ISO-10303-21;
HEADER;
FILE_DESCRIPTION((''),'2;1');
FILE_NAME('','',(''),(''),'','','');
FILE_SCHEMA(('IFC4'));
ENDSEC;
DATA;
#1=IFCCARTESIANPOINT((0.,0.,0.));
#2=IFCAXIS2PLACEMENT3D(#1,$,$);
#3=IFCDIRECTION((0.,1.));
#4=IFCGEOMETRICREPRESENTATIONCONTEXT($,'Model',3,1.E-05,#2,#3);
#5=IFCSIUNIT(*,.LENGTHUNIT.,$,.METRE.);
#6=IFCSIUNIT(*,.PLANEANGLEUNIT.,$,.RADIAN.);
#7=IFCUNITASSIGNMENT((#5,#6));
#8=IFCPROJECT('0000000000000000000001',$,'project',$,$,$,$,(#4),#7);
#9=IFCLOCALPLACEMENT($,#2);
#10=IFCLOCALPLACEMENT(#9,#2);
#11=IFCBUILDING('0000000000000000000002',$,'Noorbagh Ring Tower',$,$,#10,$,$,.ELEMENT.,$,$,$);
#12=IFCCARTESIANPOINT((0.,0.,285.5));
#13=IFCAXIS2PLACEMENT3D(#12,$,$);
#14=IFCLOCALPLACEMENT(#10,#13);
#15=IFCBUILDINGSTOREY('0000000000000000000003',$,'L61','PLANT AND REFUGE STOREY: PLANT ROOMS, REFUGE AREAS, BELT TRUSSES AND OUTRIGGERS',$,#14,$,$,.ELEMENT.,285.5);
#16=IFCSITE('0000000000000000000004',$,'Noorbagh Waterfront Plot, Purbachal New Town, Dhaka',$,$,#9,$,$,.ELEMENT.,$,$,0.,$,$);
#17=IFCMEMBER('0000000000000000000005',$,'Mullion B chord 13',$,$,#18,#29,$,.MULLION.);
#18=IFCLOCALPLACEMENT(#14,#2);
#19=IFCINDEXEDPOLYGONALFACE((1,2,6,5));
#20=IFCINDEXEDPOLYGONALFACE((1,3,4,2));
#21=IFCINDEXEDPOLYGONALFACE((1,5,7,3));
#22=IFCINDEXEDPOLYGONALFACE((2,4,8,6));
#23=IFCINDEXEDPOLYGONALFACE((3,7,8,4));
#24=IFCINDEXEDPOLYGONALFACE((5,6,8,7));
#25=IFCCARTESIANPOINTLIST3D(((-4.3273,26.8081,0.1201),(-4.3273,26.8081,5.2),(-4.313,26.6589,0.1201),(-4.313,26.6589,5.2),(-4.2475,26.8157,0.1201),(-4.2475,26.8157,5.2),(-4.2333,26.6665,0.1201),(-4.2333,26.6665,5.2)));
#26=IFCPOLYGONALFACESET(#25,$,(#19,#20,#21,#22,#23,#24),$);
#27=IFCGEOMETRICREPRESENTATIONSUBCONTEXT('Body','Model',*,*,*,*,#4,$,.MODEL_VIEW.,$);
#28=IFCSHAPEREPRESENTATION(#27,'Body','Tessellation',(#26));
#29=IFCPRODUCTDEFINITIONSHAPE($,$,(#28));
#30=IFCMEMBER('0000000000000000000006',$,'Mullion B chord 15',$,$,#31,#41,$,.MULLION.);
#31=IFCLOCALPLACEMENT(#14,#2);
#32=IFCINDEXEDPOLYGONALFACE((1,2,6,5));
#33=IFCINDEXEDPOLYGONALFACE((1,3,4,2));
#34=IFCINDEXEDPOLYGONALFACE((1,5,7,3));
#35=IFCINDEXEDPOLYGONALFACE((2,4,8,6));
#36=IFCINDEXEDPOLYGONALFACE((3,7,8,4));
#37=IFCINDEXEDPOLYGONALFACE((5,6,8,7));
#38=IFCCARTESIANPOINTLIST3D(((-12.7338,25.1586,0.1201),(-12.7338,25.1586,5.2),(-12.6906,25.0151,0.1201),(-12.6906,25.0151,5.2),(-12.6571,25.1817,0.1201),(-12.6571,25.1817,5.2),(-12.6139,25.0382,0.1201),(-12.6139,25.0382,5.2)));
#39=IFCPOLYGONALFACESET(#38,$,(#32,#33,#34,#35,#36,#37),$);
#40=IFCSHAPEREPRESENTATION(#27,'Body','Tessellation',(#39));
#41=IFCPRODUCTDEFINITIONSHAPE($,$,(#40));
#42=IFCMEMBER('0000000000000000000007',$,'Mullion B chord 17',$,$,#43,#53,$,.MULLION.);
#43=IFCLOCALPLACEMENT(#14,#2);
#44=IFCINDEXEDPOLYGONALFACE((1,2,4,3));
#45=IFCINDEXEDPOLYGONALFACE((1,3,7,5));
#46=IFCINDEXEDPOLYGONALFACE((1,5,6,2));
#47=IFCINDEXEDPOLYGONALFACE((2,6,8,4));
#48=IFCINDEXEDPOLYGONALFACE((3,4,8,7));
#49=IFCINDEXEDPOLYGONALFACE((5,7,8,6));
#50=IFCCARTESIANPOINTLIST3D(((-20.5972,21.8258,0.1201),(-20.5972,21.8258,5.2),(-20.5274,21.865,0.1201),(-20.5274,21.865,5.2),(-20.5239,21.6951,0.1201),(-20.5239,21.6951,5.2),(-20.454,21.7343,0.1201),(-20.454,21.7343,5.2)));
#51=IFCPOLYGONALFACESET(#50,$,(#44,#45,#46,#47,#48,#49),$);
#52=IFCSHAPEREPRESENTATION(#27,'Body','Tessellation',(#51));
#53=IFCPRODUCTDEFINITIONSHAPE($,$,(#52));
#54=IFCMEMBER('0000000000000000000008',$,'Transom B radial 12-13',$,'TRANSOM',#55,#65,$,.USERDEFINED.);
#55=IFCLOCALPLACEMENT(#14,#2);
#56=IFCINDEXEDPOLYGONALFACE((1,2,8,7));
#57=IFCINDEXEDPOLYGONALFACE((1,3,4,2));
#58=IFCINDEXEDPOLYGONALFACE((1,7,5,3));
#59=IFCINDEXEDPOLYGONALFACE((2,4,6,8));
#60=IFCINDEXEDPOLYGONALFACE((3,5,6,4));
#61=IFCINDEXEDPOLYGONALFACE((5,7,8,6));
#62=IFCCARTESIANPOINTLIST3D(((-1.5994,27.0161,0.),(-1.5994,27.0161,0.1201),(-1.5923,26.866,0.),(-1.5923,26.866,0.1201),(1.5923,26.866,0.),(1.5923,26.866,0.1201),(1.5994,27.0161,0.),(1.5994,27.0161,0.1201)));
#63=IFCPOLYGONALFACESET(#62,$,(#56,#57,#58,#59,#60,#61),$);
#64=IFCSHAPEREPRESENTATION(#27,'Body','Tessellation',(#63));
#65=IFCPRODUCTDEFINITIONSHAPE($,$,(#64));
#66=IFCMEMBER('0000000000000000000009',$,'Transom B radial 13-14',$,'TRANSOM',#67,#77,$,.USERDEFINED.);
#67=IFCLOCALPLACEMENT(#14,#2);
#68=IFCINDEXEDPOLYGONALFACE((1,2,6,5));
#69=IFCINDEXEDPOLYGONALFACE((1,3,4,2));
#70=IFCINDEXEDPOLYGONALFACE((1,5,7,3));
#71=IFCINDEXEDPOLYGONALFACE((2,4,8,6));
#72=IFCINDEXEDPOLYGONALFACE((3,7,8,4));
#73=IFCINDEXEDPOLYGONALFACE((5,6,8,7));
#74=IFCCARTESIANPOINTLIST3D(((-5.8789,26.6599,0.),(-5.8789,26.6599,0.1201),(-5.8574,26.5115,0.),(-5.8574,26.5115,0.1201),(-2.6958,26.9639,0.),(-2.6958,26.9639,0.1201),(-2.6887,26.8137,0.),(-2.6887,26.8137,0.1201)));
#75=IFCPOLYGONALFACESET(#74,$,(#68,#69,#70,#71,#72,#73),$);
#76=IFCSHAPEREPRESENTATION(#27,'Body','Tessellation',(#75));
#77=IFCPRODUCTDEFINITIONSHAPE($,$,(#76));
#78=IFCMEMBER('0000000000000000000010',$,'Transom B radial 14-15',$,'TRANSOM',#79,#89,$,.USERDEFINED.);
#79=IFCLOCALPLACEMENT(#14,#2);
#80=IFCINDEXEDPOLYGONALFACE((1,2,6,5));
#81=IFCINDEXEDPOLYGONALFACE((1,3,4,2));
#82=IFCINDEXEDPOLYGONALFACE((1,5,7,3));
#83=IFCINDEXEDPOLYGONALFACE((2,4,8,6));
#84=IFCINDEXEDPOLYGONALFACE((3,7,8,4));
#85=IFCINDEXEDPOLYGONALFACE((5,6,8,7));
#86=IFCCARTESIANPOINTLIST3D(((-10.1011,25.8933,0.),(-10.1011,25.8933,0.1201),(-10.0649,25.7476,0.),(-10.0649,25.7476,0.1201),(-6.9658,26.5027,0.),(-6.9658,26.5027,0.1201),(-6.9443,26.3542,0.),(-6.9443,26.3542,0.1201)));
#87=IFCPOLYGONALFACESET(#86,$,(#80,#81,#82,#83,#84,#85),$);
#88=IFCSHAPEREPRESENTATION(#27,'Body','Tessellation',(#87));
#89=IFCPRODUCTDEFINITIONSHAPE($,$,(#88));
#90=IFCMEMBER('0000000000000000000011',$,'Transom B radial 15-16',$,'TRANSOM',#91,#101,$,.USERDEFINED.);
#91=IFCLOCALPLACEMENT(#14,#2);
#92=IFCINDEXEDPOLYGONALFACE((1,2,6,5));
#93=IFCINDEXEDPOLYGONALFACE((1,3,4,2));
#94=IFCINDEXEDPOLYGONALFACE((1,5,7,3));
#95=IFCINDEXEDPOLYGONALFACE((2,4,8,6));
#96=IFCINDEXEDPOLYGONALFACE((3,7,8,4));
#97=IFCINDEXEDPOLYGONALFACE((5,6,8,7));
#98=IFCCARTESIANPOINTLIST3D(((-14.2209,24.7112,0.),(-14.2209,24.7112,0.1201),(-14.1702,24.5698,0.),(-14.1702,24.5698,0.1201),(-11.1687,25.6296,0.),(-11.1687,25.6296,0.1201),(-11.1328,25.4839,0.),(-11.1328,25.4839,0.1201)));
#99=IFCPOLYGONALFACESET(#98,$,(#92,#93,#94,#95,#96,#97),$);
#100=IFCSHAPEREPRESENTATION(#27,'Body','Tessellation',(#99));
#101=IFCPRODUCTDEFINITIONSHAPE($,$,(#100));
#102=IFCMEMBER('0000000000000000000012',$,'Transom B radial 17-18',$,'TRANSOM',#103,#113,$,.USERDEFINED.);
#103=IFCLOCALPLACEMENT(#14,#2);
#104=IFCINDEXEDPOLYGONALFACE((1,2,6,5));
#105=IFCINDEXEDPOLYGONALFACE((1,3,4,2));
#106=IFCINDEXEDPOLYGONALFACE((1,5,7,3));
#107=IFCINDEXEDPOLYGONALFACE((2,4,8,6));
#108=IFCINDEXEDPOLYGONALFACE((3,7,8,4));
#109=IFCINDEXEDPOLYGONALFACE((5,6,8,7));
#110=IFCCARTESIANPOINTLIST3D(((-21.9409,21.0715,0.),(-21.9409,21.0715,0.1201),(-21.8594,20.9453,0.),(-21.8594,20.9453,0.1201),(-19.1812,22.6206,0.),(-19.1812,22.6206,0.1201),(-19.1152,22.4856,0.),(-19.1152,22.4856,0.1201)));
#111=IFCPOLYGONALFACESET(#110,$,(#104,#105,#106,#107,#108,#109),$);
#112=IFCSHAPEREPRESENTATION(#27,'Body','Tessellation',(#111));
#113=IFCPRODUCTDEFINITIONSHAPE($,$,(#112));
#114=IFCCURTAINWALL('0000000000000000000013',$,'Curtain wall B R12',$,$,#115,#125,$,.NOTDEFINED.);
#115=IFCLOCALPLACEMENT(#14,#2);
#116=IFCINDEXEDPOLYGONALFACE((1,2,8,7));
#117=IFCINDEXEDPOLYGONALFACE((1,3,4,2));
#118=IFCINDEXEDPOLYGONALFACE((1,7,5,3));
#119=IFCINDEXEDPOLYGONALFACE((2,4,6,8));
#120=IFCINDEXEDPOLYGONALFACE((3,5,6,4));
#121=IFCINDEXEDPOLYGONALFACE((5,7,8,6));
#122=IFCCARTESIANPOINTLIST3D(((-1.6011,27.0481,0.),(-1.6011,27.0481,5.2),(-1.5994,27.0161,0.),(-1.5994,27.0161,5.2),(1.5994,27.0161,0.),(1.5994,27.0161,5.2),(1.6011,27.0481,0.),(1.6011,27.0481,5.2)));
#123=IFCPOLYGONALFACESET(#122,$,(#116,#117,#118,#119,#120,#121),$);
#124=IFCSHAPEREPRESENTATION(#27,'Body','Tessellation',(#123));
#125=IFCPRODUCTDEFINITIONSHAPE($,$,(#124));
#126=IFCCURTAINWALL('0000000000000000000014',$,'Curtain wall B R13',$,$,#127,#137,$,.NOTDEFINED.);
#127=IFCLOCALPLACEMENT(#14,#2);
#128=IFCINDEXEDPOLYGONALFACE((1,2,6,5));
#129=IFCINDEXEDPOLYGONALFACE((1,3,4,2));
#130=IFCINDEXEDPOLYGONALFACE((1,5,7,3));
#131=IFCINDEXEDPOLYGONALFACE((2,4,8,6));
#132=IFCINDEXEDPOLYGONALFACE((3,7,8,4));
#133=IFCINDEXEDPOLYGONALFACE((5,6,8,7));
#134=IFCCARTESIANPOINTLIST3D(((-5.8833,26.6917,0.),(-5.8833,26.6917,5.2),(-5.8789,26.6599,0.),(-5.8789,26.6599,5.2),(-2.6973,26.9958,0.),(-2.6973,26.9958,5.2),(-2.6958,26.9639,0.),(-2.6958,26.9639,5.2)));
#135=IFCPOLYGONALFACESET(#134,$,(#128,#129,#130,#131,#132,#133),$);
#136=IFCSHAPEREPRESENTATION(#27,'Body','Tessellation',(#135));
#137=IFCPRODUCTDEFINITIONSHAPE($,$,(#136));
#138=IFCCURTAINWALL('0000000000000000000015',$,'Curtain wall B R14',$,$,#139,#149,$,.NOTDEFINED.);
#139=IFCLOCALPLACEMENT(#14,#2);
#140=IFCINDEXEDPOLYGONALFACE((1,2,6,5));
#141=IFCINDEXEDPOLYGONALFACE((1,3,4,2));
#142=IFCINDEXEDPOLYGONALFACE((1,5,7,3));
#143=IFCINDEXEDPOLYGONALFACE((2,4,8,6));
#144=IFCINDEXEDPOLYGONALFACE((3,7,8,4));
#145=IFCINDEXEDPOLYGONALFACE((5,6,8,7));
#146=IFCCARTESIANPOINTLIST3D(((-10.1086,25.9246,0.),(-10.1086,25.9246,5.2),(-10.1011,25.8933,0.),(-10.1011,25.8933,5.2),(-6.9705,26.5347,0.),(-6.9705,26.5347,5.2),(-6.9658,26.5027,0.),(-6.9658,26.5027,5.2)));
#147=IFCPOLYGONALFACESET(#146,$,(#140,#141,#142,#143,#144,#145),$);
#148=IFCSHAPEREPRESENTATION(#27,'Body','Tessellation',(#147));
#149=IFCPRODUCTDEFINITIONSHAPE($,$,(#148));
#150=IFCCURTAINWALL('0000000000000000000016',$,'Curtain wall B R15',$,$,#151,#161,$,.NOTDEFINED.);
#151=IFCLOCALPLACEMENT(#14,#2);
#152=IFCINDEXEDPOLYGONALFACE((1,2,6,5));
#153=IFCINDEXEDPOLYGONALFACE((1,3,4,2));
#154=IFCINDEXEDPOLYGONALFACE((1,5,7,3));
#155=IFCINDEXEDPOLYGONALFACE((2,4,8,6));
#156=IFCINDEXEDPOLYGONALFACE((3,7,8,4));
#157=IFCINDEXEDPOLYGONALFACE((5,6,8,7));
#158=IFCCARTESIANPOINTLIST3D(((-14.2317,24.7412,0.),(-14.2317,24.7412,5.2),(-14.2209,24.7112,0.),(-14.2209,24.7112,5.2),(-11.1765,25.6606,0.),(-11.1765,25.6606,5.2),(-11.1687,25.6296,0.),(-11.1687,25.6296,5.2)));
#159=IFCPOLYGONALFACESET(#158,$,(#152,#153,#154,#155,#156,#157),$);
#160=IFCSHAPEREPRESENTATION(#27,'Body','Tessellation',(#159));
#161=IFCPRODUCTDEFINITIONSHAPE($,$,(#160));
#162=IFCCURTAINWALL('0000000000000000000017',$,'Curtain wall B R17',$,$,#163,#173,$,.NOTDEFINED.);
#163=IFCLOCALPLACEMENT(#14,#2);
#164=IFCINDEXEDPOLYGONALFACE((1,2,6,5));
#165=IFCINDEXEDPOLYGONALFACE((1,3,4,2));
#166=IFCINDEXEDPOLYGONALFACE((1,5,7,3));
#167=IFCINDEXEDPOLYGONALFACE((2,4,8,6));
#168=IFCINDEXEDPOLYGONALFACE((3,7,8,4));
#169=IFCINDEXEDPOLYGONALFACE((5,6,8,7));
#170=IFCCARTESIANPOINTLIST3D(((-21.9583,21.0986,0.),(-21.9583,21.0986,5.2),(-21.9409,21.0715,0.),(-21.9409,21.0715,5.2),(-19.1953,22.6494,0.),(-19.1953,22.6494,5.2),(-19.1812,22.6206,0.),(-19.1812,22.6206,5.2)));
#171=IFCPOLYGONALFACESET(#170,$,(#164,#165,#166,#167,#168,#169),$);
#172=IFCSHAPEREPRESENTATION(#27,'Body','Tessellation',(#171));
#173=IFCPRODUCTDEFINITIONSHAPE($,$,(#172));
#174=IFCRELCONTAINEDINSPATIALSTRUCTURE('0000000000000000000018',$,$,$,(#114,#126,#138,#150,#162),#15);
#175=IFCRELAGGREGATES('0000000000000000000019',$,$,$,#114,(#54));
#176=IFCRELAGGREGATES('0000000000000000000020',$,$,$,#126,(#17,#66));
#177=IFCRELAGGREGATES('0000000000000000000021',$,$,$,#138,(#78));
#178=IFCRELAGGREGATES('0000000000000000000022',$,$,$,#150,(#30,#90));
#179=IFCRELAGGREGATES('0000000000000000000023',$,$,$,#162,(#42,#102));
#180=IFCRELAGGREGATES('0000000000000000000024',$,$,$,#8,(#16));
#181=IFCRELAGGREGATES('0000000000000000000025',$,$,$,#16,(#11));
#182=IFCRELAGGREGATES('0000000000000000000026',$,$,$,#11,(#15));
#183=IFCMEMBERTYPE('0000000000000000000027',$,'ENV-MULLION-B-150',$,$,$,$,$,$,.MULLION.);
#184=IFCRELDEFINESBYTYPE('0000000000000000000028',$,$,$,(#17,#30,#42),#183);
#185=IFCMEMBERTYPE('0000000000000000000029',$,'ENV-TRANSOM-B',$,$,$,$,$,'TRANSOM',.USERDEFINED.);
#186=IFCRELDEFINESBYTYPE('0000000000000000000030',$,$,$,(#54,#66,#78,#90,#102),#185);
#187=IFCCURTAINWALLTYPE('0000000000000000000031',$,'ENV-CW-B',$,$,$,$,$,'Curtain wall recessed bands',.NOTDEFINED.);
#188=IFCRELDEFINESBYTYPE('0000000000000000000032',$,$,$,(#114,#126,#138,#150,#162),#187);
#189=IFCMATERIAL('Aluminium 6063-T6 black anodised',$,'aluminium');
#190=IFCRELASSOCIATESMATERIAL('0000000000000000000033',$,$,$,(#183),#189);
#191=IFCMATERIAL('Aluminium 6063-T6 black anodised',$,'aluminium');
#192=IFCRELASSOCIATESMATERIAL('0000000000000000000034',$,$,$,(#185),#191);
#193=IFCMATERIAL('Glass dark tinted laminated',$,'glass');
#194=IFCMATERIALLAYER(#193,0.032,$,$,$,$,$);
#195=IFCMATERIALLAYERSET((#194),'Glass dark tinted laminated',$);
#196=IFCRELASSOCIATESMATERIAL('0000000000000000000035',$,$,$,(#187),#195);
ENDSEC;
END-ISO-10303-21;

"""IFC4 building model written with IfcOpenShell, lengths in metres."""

from ifc_helpers import new_model, si_unit, direction, frame, origin, origin_2d, place, context, subcontext, project, spatial, polyline, rectangle, outline, extrude, material, layer, layer_set, material_profile, profile_set, type_object, element, aggregate, save


model = new_model("IFC4")

# Units and contexts
model_context = context("Model", 3, precision=1e-05, world=origin(), true_north=direction((0.0, 1.0)))
body_context = subcontext(model_context, "Body", "Model", "MODEL_VIEW")
ifc_project = project(units=[si_unit("LENGTHUNIT", "METRE"), si_unit("PLANEANGLEUNIT", "RADIAN")], contexts=[model_context])

# Members
ifc_material_1 = material(Name="Aluminium 6063-T6 black anodised", Category="aluminium")
ifc_material_profile = material_profile(ifc_material_1, rectangle(XDim=0.1499, YDim=0.0801, at=origin_2d()), Name="150x80")
ifc_profile_set = profile_set([ifc_material_profile], Name="Aluminium 6063-T6 black anodised")
member_type_1 = type_object("IfcMemberType", Name="ENV-MULLION-B-150", PredefinedType="MULLION", material=ifc_profile_set)
site_placement = place(None, origin())
building_placement = place(site_placement, origin())
storey_placement = place(building_placement, frame((0.0, 0.0, 285.5)))
member_1_placement = place(storey_placement, frame((-4.2803, 26.7373, 0.1201), z_axis=(0.0, 0.0, 1.0), x_axis=(0.095008, -0.995476, 0.0)))
member_1 = element("IfcMember", 1, at=member_1_placement, type_object=member_type_1, Name="Mullion B chord 13", PredefinedType="MULLION", context=body_context, shape_type="SweptSolid", body=[
    extrude(rectangle(XDim=0.1499, YDim=0.0801, at=origin_2d()), origin(), (0.0, 0.0, 1.0), 5.0798),
])
member_2_placement = place(storey_placement, frame((-12.6738, 25.0984, 0.1201), z_axis=(0.0, 0.0, 1.0), x_axis=(0.288174, -0.957578, 0.0)))
member_2 = element("IfcMember", 2, at=member_2_placement, type_object=member_type_1, Name="Mullion B chord 15", PredefinedType="MULLION", context=body_context, shape_type="SweptSolid", body=[
    extrude(rectangle(XDim=0.1499, YDim=0.0801, at=origin_2d()), origin(), (0.0, 0.0, 1.0), 5.0798),
])
member_3_placement = place(storey_placement, frame((-20.5256, 21.78, 0.1201), z_axis=(0.0, 0.0, 1.0), x_axis=(0.489426, -0.872045, 0.0)))
member_3 = element("IfcMember", 3, at=member_3_placement, type_object=member_type_1, Name="Mullion B chord 17", PredefinedType="MULLION", context=body_context, shape_type="SweptSolid", body=[
    extrude(rectangle(XDim=0.1499, YDim=0.0801, at=origin_2d()), origin(), (0.0, 0.0, 1.0), 5.0798),
])
ifc_material_2 = material(Name="Aluminium 6063-T6 black anodised", Category="aluminium")
member_type_2 = type_object("IfcMemberType", Name="ENV-TRANSOM-B", ElementType="TRANSOM", PredefinedType="USERDEFINED", material=ifc_material_2)
member_4_placement = place(storey_placement, origin())
member_4 = element("IfcMember", 4, at=member_4_placement, type_object=member_type_2, Name="Transom B radial 12-13", ObjectType="TRANSOM", PredefinedType="USERDEFINED", context=body_context, shape_type="SweptSolid", body=[
    extrude(outline(polyline([(1.5994, 27.0161), (-1.5994, 27.0161), (-1.5923, 26.866), (1.5923, 26.866), (1.5994, 27.0161)])), origin(), (0.0, 0.0, 1.0), 0.1201),
])
member_5_placement = place(storey_placement, origin())
member_5 = element("IfcMember", 5, at=member_5_placement, type_object=member_type_2, Name="Transom B radial 13-14", ObjectType="TRANSOM", PredefinedType="USERDEFINED", context=body_context, shape_type="SweptSolid", body=[
    extrude(outline(polyline([(-2.6958, 26.9639), (-5.8789, 26.6599), (-5.8574, 26.5115), (-2.6887, 26.8137), (-2.6958, 26.9639)])), origin(), (0.0, 0.0, 1.0), 0.1201),
])
member_6_placement = place(storey_placement, origin())
member_6 = element("IfcMember", 6, at=member_6_placement, type_object=member_type_2, Name="Transom B radial 14-15", ObjectType="TRANSOM", PredefinedType="USERDEFINED", context=body_context, shape_type="SweptSolid", body=[
    extrude(outline(polyline([(-6.9658, 26.5027), (-10.1011, 25.8933), (-10.0649, 25.7476), (-6.9443, 26.3542), (-6.9658, 26.5027)])), origin(), (0.0, 0.0, 1.0), 0.1201),
])
member_7_placement = place(storey_placement, origin())
member_7 = element("IfcMember", 7, at=member_7_placement, type_object=member_type_2, Name="Transom B radial 15-16", ObjectType="TRANSOM", PredefinedType="USERDEFINED", context=body_context, shape_type="SweptSolid", body=[
    extrude(outline(polyline([(-11.1687, 25.6296), (-14.2209, 24.7112), (-14.1702, 24.5698), (-11.1328, 25.4839), (-11.1687, 25.6296)])), origin(), (0.0, 0.0, 1.0), 0.1201),
])
member_8_placement = place(storey_placement, origin())
member_8 = element("IfcMember", 8, at=member_8_placement, type_object=member_type_2, Name="Transom B radial 17-18", ObjectType="TRANSOM", PredefinedType="USERDEFINED", context=body_context, shape_type="SweptSolid", body=[
    extrude(outline(polyline([(-19.1812, 22.6206), (-21.9409, 21.0715), (-21.8594, 20.9453), (-19.1152, 22.4856), (-19.1812, 22.6206)])), origin(), (0.0, 0.0, 1.0), 0.1201),
])

# Site, building, storey
site = spatial("IfcSite", under=ifc_project, at=site_placement, Name="Noorbagh Waterfront Plot, Purbachal New Town, Dhaka", CompositionType="ELEMENT", RefElevation=0.0)
building = spatial("IfcBuilding", under=site, at=building_placement, Name="Noorbagh Ring Tower", CompositionType="ELEMENT")
storey = spatial("IfcBuildingStorey", under=building, at=storey_placement, Name="L61", Description="PLANT AND REFUGE STOREY: PLANT ROOMS, REFUGE AREAS, BELT TRUSSES AND OUTRIGGERS", CompositionType="ELEMENT", Elevation=285.5)

# Curtain walls
ifc_material_3 = material(Name="Glass dark tinted laminated", Category="glass")
ifc_layer_1 = layer(ifc_material_3, 0.032)
ifc_layer_set_1 = layer_set([ifc_layer_1], Name="Glass dark tinted laminated")
curtain_wall_type = type_object("IfcCurtainWallType", Name="ENV-CW-B", ElementType="Curtain wall recessed bands", PredefinedType="NOTDEFINED", material=ifc_layer_set_1)
curtain_wall_1_placement = place(storey_placement, origin())
curtain_wall_1 = element("IfcCurtainWall", 9, at=curtain_wall_1_placement, inside=storey, type_object=curtain_wall_type, Name="Curtain wall B R12", PredefinedType="NOTDEFINED", context=body_context, shape_type="SweptSolid", body=[
    extrude(outline(polyline([(1.6011, 27.0481), (-1.6011, 27.0481), (-1.5994, 27.0161), (1.5994, 27.0161), (1.6011, 27.0481)])), origin(), (0.0, 0.0, 1.0), 5.2),
])
aggregate(curtain_wall_1, [member_4])
curtain_wall_2_placement = place(storey_placement, origin())
curtain_wall_2 = element("IfcCurtainWall", 10, at=curtain_wall_2_placement, inside=storey, type_object=curtain_wall_type, Name="Curtain wall B R13", PredefinedType="NOTDEFINED", context=body_context, shape_type="SweptSolid", body=[
    extrude(outline(polyline([(-2.6973, 26.9958), (-5.8833, 26.6917), (-5.8789, 26.6599), (-2.6958, 26.9639), (-2.6973, 26.9958)])), origin(), (0.0, 0.0, 1.0), 5.2),
])
aggregate(curtain_wall_2, [member_1, member_5])
curtain_wall_3_placement = place(storey_placement, origin())
curtain_wall_3 = element("IfcCurtainWall", 11, at=curtain_wall_3_placement, inside=storey, type_object=curtain_wall_type, Name="Curtain wall B R14", PredefinedType="NOTDEFINED", context=body_context, shape_type="SweptSolid", body=[
    extrude(outline(polyline([(-6.9705, 26.5347), (-10.1086, 25.9246), (-10.1011, 25.8933), (-6.9658, 26.5027), (-6.9705, 26.5347)])), origin(), (0.0, 0.0, 1.0), 5.2),
])
aggregate(curtain_wall_3, [member_6])
curtain_wall_4_placement = place(storey_placement, origin())
curtain_wall_4 = element("IfcCurtainWall", 12, at=curtain_wall_4_placement, inside=storey, type_object=curtain_wall_type, Name="Curtain wall B R15", PredefinedType="NOTDEFINED", context=body_context, shape_type="SweptSolid", body=[
    extrude(outline(polyline([(-11.1765, 25.6606), (-14.2317, 24.7412), (-14.2209, 24.7112), (-11.1687, 25.6296), (-11.1765, 25.6606)])), origin(), (0.0, 0.0, 1.0), 5.2),
])
aggregate(curtain_wall_4, [member_2, member_7])
curtain_wall_5_placement = place(storey_placement, origin())
curtain_wall_5 = element("IfcCurtainWall", 13, at=curtain_wall_5_placement, inside=storey, type_object=curtain_wall_type, Name="Curtain wall B R17", PredefinedType="NOTDEFINED", context=body_context, shape_type="SweptSolid", body=[
    extrude(outline(polyline([(-19.1953, 22.6494), (-21.9583, 21.0986), (-21.9409, 21.0715), (-19.1812, 22.6206), (-19.1953, 22.6494)])), origin(), (0.0, 0.0, 1.0), 5.2),
])
aggregate(curtain_wall_5, [member_3, member_8])

save(model, "model.ifc")
